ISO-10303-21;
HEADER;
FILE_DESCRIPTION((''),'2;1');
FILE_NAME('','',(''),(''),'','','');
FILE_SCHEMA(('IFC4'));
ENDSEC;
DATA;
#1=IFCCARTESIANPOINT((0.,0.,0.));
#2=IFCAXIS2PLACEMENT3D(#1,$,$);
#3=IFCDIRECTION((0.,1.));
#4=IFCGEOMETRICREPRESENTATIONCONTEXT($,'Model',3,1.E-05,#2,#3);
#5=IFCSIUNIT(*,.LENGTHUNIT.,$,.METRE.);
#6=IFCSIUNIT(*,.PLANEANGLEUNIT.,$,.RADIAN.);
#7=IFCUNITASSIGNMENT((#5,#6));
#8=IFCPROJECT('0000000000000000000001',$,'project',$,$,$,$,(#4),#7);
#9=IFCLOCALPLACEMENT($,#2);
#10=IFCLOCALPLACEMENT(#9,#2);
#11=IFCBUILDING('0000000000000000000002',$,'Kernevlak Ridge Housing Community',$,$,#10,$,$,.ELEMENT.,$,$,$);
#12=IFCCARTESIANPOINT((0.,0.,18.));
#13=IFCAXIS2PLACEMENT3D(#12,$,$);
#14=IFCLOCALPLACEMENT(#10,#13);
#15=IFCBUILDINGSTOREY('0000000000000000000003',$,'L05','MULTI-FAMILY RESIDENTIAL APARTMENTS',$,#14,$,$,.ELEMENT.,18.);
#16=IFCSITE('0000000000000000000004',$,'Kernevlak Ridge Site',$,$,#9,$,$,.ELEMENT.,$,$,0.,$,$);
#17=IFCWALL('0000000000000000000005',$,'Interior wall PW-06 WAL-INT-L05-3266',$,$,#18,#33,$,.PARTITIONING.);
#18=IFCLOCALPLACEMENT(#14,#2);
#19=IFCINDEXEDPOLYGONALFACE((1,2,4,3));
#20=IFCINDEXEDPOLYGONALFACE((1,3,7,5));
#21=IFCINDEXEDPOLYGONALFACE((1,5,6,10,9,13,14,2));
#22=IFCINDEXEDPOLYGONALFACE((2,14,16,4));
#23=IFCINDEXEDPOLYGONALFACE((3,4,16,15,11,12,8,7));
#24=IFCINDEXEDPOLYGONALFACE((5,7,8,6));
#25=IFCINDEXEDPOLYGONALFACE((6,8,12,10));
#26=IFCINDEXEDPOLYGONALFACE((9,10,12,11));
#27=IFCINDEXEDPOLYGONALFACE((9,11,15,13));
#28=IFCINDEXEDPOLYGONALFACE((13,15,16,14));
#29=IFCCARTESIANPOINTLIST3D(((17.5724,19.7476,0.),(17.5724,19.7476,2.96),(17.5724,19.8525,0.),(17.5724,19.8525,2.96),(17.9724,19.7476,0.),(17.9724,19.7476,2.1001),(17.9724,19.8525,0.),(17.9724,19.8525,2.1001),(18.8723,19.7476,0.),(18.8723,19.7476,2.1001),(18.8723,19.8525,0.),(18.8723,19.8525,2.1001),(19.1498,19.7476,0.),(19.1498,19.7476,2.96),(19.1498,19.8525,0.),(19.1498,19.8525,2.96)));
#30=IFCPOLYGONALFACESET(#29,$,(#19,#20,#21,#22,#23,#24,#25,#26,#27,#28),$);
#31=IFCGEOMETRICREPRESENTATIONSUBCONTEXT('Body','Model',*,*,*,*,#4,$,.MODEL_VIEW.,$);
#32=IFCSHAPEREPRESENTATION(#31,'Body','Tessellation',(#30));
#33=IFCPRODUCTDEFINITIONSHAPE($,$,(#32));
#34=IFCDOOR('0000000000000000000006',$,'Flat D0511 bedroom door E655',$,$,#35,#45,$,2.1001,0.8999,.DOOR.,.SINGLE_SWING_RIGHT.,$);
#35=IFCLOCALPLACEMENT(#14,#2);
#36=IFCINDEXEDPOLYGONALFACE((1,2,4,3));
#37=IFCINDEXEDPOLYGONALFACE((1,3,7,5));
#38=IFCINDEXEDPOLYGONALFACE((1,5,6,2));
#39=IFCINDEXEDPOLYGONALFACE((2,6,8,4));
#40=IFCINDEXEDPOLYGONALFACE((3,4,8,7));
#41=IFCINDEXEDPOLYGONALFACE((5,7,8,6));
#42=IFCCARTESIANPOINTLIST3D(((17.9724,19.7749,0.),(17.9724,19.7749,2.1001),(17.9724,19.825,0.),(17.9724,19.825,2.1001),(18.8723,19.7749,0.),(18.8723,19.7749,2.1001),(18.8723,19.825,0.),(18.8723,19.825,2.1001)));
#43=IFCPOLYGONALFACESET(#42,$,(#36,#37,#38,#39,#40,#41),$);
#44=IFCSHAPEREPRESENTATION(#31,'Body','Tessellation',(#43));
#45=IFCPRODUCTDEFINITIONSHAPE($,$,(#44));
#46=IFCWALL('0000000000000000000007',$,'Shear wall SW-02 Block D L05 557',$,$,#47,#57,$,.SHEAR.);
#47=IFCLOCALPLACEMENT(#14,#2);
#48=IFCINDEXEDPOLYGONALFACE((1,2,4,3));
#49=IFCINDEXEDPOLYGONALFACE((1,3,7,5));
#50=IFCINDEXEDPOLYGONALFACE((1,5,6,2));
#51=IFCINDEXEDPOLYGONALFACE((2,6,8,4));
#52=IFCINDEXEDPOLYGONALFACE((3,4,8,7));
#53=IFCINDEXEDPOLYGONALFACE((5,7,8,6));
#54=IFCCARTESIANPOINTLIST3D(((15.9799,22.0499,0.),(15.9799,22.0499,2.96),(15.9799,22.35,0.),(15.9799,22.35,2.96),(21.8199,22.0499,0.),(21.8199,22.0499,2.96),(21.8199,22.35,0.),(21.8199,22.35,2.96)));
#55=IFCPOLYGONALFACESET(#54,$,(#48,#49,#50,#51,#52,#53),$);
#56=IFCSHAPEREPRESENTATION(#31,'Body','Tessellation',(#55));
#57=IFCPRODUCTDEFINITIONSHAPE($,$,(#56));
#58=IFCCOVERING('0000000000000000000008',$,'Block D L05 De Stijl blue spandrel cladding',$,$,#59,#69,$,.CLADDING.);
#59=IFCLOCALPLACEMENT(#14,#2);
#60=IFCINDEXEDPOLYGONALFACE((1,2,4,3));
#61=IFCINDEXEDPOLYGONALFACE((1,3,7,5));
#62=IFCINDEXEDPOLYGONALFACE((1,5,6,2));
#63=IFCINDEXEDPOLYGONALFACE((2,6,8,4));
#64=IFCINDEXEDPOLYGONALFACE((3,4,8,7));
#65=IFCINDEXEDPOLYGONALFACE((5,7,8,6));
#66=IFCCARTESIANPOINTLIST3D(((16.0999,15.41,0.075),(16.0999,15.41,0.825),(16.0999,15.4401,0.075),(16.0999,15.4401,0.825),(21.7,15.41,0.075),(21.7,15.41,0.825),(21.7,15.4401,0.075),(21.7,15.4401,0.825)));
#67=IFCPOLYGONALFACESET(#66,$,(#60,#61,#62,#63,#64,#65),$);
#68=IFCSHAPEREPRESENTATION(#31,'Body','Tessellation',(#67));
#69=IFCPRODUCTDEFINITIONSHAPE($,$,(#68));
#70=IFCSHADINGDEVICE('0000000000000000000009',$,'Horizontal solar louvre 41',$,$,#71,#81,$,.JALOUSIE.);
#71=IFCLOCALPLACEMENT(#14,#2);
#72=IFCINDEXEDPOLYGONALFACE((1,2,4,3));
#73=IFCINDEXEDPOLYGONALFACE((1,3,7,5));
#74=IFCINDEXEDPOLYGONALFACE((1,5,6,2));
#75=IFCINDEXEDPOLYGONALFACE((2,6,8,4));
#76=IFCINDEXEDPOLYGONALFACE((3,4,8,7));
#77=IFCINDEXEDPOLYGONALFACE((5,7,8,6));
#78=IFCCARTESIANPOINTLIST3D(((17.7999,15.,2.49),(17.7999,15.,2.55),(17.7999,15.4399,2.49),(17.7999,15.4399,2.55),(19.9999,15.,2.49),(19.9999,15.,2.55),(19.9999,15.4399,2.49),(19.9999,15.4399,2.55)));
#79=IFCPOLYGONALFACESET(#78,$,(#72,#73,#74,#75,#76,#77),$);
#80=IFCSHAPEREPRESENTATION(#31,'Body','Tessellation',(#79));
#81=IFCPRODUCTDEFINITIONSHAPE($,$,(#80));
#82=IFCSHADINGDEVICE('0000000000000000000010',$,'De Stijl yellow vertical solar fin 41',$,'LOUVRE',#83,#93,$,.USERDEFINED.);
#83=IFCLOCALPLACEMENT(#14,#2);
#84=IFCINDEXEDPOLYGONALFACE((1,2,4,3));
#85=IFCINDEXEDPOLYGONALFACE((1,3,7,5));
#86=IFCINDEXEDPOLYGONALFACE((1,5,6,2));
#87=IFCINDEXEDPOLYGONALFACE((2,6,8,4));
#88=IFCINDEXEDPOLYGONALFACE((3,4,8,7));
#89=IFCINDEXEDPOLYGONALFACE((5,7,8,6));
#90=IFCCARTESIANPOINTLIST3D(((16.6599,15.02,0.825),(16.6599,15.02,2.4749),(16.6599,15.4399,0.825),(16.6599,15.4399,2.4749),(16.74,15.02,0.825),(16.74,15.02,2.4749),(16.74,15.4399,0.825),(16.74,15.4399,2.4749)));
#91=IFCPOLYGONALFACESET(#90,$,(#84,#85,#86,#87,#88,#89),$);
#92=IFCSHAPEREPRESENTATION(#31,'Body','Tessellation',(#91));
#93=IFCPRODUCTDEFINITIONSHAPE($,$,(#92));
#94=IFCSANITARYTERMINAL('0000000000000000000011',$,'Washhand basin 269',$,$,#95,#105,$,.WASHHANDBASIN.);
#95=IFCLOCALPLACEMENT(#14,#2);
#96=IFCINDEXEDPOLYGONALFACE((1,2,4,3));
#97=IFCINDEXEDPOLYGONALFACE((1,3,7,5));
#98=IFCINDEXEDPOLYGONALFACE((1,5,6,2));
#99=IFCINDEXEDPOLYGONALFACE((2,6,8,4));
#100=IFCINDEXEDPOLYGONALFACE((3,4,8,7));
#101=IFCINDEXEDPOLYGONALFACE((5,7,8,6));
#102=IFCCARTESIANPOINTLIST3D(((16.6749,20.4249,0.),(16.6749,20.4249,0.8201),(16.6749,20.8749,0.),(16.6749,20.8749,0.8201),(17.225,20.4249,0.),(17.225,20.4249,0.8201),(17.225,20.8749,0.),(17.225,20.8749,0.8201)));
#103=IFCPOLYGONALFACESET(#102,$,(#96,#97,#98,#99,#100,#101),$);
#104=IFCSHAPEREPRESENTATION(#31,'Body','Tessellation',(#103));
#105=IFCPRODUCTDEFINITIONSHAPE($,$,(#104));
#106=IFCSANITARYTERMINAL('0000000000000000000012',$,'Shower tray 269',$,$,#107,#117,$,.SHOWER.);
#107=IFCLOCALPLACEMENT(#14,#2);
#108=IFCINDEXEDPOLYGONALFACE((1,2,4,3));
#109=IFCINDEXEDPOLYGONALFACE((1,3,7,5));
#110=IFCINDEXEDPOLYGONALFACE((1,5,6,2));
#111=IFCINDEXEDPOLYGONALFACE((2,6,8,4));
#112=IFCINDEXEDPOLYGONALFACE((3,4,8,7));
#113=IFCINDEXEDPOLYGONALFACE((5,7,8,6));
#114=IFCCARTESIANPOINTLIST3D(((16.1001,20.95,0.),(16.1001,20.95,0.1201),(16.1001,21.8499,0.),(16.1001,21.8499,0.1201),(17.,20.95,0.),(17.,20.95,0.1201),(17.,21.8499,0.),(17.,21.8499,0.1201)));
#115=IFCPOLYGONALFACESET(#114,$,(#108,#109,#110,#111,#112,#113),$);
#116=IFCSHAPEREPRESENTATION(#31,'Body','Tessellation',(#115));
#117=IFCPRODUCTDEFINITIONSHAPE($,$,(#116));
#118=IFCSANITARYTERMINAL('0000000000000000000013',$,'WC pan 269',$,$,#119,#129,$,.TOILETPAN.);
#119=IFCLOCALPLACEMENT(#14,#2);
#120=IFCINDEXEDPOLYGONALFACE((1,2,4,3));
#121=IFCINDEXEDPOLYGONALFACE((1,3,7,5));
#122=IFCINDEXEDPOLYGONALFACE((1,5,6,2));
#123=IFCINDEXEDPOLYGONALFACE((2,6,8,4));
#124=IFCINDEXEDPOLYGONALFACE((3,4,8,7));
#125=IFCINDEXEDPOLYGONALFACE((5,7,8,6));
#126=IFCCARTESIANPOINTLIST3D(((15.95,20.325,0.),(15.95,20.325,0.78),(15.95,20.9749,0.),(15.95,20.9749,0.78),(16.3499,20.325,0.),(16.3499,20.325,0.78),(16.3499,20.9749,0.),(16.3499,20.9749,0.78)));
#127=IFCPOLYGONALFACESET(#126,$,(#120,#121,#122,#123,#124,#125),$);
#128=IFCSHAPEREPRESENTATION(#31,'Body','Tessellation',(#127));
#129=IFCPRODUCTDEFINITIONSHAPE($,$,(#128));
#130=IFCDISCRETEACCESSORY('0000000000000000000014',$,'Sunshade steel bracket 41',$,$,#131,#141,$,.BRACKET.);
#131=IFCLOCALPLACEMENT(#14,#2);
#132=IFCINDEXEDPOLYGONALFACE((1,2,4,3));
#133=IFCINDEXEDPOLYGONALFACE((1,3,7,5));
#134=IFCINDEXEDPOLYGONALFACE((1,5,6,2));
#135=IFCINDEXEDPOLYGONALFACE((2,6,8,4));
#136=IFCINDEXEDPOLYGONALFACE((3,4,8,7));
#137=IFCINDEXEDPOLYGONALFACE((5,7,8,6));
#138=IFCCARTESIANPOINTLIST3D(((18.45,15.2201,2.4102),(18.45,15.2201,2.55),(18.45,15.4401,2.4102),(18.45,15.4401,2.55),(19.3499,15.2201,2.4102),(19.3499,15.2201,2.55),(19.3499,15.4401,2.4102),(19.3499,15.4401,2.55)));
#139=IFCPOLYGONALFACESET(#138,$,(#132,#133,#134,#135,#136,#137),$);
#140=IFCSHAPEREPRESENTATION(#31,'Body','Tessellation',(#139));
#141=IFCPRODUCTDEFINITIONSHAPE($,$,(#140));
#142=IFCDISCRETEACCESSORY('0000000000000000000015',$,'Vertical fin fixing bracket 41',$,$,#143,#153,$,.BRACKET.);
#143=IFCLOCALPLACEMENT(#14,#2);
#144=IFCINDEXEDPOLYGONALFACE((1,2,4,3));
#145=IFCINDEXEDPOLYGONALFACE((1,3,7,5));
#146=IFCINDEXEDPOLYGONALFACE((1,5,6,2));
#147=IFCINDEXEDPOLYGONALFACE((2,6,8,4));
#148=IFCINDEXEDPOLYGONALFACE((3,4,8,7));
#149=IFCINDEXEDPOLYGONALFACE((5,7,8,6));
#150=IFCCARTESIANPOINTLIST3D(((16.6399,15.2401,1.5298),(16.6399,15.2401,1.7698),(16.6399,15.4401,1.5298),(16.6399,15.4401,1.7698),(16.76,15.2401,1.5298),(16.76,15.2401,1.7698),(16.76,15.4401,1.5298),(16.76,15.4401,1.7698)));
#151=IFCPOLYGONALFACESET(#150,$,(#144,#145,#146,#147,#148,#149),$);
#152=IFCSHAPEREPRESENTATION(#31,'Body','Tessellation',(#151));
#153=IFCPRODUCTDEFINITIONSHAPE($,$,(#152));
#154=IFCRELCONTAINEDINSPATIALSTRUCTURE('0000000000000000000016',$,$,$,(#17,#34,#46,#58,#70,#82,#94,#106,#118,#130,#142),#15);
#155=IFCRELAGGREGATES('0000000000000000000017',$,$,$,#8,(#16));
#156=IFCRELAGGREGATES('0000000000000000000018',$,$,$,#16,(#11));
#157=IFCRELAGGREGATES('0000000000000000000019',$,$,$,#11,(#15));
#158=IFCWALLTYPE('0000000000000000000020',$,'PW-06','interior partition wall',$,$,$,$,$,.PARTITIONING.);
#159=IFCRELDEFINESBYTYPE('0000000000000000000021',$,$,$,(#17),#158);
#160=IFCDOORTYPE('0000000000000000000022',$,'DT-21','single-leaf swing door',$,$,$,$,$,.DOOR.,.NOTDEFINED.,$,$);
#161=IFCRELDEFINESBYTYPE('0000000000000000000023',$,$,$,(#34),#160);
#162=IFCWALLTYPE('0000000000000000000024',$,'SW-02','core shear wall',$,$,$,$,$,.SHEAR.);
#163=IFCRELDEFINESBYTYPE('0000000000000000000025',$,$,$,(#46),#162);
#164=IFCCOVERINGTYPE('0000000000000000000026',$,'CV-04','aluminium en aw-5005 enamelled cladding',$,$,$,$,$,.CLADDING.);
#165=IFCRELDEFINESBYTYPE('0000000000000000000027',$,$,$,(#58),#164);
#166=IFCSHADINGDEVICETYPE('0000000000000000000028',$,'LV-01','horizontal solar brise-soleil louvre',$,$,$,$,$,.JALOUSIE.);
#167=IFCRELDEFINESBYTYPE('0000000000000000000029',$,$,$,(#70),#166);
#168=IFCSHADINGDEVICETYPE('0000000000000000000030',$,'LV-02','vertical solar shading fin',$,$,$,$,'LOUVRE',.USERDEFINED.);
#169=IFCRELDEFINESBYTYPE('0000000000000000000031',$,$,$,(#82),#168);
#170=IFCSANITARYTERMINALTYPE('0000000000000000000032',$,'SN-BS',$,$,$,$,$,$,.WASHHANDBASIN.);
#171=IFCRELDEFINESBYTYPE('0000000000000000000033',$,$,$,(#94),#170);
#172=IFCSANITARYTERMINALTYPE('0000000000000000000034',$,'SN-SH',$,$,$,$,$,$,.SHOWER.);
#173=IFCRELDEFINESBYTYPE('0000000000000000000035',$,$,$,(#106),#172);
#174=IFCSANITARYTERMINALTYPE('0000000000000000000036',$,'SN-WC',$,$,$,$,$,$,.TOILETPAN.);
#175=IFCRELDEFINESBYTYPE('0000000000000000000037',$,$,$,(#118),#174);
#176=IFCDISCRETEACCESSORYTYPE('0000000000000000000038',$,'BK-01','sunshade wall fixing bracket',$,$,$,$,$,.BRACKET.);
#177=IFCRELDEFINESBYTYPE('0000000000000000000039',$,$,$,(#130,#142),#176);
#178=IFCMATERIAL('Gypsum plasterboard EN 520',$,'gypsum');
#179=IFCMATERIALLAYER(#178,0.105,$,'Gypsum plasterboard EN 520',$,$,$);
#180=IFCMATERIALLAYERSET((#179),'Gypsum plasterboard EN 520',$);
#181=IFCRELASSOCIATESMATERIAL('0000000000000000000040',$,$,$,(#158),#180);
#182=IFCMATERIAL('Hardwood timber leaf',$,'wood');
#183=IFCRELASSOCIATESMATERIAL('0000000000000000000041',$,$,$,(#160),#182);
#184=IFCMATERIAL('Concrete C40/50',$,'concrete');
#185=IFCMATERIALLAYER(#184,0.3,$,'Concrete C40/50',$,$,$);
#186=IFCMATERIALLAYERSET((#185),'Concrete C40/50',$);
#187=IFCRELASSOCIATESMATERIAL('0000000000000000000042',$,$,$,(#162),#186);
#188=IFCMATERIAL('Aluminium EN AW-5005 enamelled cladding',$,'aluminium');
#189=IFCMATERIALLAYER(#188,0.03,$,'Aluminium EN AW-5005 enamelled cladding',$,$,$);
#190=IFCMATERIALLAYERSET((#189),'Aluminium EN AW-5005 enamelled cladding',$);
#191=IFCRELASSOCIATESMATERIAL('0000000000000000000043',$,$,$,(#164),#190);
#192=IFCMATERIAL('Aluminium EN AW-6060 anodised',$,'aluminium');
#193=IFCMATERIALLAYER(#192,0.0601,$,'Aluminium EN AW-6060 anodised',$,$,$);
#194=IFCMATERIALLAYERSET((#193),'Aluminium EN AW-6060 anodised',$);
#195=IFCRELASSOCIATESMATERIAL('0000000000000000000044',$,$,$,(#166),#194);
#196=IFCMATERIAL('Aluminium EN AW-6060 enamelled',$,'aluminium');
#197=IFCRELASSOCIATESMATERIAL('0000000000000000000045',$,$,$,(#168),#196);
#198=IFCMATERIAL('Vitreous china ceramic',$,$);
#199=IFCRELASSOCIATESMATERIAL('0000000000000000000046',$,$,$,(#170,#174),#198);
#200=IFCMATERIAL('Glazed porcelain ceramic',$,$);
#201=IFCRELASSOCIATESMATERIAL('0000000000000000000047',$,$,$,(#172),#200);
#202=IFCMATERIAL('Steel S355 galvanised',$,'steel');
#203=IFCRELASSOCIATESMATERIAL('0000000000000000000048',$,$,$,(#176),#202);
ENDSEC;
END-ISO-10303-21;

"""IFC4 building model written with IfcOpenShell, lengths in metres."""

from ifc_helpers import new_model, si_unit, direction, frame, frame_2d, origin, origin_2d, place, context, subcontext, project, spatial, rectangle, extrude, material, layer, layer_set, type_object, element, fill, save


model = new_model("IFC4")

# Units and contexts
model_context = context("Model", 3, precision=1e-05, world=origin(), true_north=direction((0.0, 1.0)))
body_context = subcontext(model_context, "Body", "Model", "MODEL_VIEW")
ifc_project = project(units=[si_unit("LENGTHUNIT", "METRE"), si_unit("PLANEANGLEUNIT", "RADIAN")], contexts=[model_context])

# Site, building, storey
site_placement = place(None, origin())
site = spatial("IfcSite", under=ifc_project, at=site_placement, Name="Kernevlak Ridge Site", CompositionType="ELEMENT", RefElevation=0.0)
building_placement = place(site_placement, origin())
building = spatial("IfcBuilding", under=site, at=building_placement, Name="Kernevlak Ridge Housing Community", CompositionType="ELEMENT")
storey_placement = place(building_placement, frame((0.0, 0.0, 18.0)))
storey = spatial("IfcBuildingStorey", under=building, at=storey_placement, Name="L05", Description="MULTI-FAMILY RESIDENTIAL APARTMENTS", CompositionType="ELEMENT", Elevation=18.0)

# Shared definitions
ifc_material_1 = material(Name="Hardwood timber leaf", Category="wood")

# Shared definitions
ifc_material_2 = material(Name="Gypsum plasterboard EN 520", Category="gypsum")

# Wall, opening, door
ifc_layer_1 = layer(ifc_material_2, 0.105, Name="Gypsum plasterboard EN 520")
ifc_layer_set_1 = layer_set([ifc_layer_1], Name="Gypsum plasterboard EN 520")
wall_type_1 = type_object("IfcWallType", Name="PW-06", Description="interior partition wall", PredefinedType="PARTITIONING", material=ifc_layer_set_1)
wall_1_placement = place(storey_placement, frame((17.5725, 19.8, 0.0), z_axis=(0.0, 0.0, 1.0), x_axis=(1.0, 0.0, 0.0)))
wall_1 = element("IfcWall", 1, at=wall_1_placement, inside=storey, type_object=wall_type_1, Name="Interior wall PW-06 WAL-INT-L05-3266", PredefinedType="PARTITIONING", context=body_context, shape_type="SweptSolid", body=[
    extrude(rectangle(XDim=1.5774, YDim=0.105, at=frame_2d((0.7886, 0.0))), origin(), (0.0, 0.0, 1.0), 2.96),
])
opening_1_placement = place(wall_1_placement, frame((0.3999, 0.0, 0.0)))
opening_1 = element("IfcOpeningElement", 2, at=opening_1_placement, cuts=wall_1, PredefinedType="OPENING", context=body_context, shape_type="SweptSolid", body=[
    extrude(rectangle(XDim=0.8999, YDim=2.1001, at=frame_2d((0.45, 1.05))), frame((0.0, 0.0625, 0.0), z_axis=(0.0, -1.0, 0.0), x_axis=(1.0, 0.0, 0.0)), (0.0, 0.0, 1.0), 0.125),
])
door_type_1 = type_object("IfcDoorType", Name="DT-21", Description="single-leaf swing door", OperationType="NOTDEFINED", PredefinedType="DOOR", material=ifc_material_1)
door_1_placement = place(opening_1_placement, origin())
door_1 = element("IfcDoor", 3, at=door_1_placement, inside=storey, type_object=door_type_1, Name="Flat D0511 bedroom door E655", OperationType="SINGLE_SWING_RIGHT", OverallHeight=2.1001, OverallWidth=0.8999, PredefinedType="DOOR", context=body_context, shape_type="SweptSolid", body=[
    extrude(rectangle(XDim=0.8999, YDim=2.1001, at=frame_2d((0.45, 1.05))), frame((0.0, 0.0249, 0.0), z_axis=(0.0, -1.0, 0.0), x_axis=(1.0, 0.0, 0.0)), (0.0, 0.0, 1.0), 0.05),
])
fill(opening_1, door_1)

# Wall
ifc_material_3 = material(Name="Concrete C40/50", Category="concrete")
ifc_layer_2 = layer(ifc_material_3, 0.3, Name="Concrete C40/50")
ifc_layer_set_2 = layer_set([ifc_layer_2], Name="Concrete C40/50")
wall_type_2 = type_object("IfcWallType", Name="SW-02", Description="core shear wall", PredefinedType="SHEAR", material=ifc_layer_set_2)
wall_2_placement = place(storey_placement, frame((15.98, 22.2, 0.0), z_axis=(0.0, 0.0, 1.0), x_axis=(1.0, 0.0, 0.0)))
element("IfcWall", 4, at=wall_2_placement, inside=storey, type_object=wall_type_2, Name="Shear wall SW-02 Block D L05 557", PredefinedType="SHEAR", context=body_context, shape_type="SweptSolid", body=[
    extrude(rectangle(XDim=5.8401, YDim=0.3, at=frame_2d((2.9199, 0.0))), origin(), (0.0, 0.0, 1.0), 2.96),
])

# Covering
ifc_material_4 = material(Name="Aluminium EN AW-5005 enamelled cladding", Category="aluminium")
ifc_layer_3 = layer(ifc_material_4, 0.03, Name="Aluminium EN AW-5005 enamelled cladding")
ifc_layer_set_3 = layer_set([ifc_layer_3], Name="Aluminium EN AW-5005 enamelled cladding")
covering_type = type_object("IfcCoveringType", Name="CV-04", Description="aluminium en aw-5005 enamelled cladding", PredefinedType="CLADDING", material=ifc_layer_set_3)
covering_placement = place(storey_placement, frame((18.8999, 15.425, 0.075), z_axis=(0.0, 0.0, 1.0), x_axis=(1.0, 0.0, 0.0)))
element("IfcCovering", 5, at=covering_placement, inside=storey, type_object=covering_type, Name="Block D L05 De Stijl blue spandrel cladding", PredefinedType="CLADDING", context=body_context, shape_type="SweptSolid", body=[
    extrude(rectangle(XDim=5.6001, YDim=0.03, at=origin_2d()), origin(), (0.0, 0.0, 1.0), 0.75),
])

# Shading devices
ifc_material_5 = material(Name="Aluminium EN AW-6060 anodised", Category="aluminium")
ifc_layer_4 = layer(ifc_material_5, 0.0601, Name="Aluminium EN AW-6060 anodised")
ifc_layer_set_4 = layer_set([ifc_layer_4], Name="Aluminium EN AW-6060 anodised")
shading_device_type_1 = type_object("IfcShadingDeviceType", Name="LV-01", Description="horizontal solar brise-soleil louvre", PredefinedType="JALOUSIE", material=ifc_layer_set_4)
shading_device_1_placement = place(storey_placement, frame((18.8999, 15.22, 2.49), z_axis=(0.0, 0.0, 1.0), x_axis=(1.0, 0.0, 0.0)))
element("IfcShadingDevice", 6, at=shading_device_1_placement, inside=storey, type_object=shading_device_type_1, Name="Horizontal solar louvre 41", PredefinedType="JALOUSIE", context=body_context, shape_type="SweptSolid", body=[
    extrude(rectangle(XDim=2.2, YDim=0.4399, at=origin_2d()), origin(), (0.0, 0.0, 1.0), 0.0601),
])
ifc_material_6 = material(Name="Aluminium EN AW-6060 enamelled", Category="aluminium")
shading_device_type_2 = type_object("IfcShadingDeviceType", Name="LV-02", Description="vertical solar shading fin", ElementType="LOUVRE", PredefinedType="USERDEFINED", material=ifc_material_6)
shading_device_2_placement = place(storey_placement, frame((16.7, 15.23, 0.825), z_axis=(0.0, 0.0, 1.0), x_axis=(1.0, 0.0, 0.0)))
element("IfcShadingDevice", 7, at=shading_device_2_placement, inside=storey, type_object=shading_device_type_2, Name="De Stijl yellow vertical solar fin 41", ObjectType="LOUVRE", PredefinedType="USERDEFINED", context=body_context, shape_type="SweptSolid", body=[
    extrude(rectangle(XDim=0.0801, YDim=0.4199, at=origin_2d()), origin(), (0.0, 0.0, 1.0), 1.6499),
])

# Sanitary terminals
ifc_material_7 = material(Name="Vitreous china ceramic")
sanitary_terminal_type_1 = type_object("IfcSanitaryTerminalType", Name="SN-BS", PredefinedType="WASHHANDBASIN", material=ifc_material_7)
sanitary_terminal_1_placement = place(storey_placement, frame((16.95, 20.6499, 0.0), z_axis=(0.0, 0.0, 1.0), x_axis=(1.0, 0.0, 0.0)))
element("IfcSanitaryTerminal", 8, at=sanitary_terminal_1_placement, inside=storey, type_object=sanitary_terminal_type_1, Name="Washhand basin 269", PredefinedType="WASHHANDBASIN", context=body_context, shape_type="SweptSolid", body=[
    extrude(rectangle(XDim=0.55, YDim=0.45, at=origin_2d()), origin(), (0.0, 0.0, 1.0), 0.8201),
])
ifc_material_8 = material(Name="Glazed porcelain ceramic")
sanitary_terminal_type_2 = type_object("IfcSanitaryTerminalType", Name="SN-SH", PredefinedType="SHOWER", material=ifc_material_8)
sanitary_terminal_2_placement = place(storey_placement, frame((16.55, 21.3999, 0.0), z_axis=(0.0, 0.0, 1.0), x_axis=(1.0, 0.0, 0.0)))
element("IfcSanitaryTerminal", 9, at=sanitary_terminal_2_placement, inside=storey, type_object=sanitary_terminal_type_2, Name="Shower tray 269", PredefinedType="SHOWER", context=body_context, shape_type="SweptSolid", body=[
    extrude(rectangle(XDim=0.8999, YDim=0.8999, at=origin_2d()), origin(), (0.0, 0.0, 1.0), 0.1201),
])
sanitary_terminal_type_3 = type_object("IfcSanitaryTerminalType", Name="SN-WC", PredefinedType="TOILETPAN", material=ifc_material_7)
sanitary_terminal_3_placement = place(storey_placement, frame((16.1499, 20.6499, 0.0), z_axis=(0.0, 0.0, 1.0), x_axis=(1.0, 0.0, 0.0)))
element("IfcSanitaryTerminal", 10, at=sanitary_terminal_3_placement, inside=storey, type_object=sanitary_terminal_type_3, Name="WC pan 269", PredefinedType="TOILETPAN", context=body_context, shape_type="SweptSolid", body=[
    extrude(rectangle(XDim=0.3999, YDim=0.6499, at=origin_2d()), origin(), (0.0, 0.0, 1.0), 0.78),
])

# Discrete accessories
ifc_material_9 = material(Name="Steel S355 galvanised", Category="steel")
discrete_accessory_type = type_object("IfcDiscreteAccessoryType", Name="BK-01", Description="sunshade wall fixing bracket", PredefinedType="BRACKET", material=ifc_material_9)
discrete_accessory_1_placement = place(storey_placement, frame((18.8999, 15.3301, 2.4102), z_axis=(0.0, 0.0, 1.0), x_axis=(1.0, 0.0, 0.0)))
element("IfcDiscreteAccessory", 11, at=discrete_accessory_1_placement, inside=storey, type_object=discrete_accessory_type, Name="Sunshade steel bracket 41", PredefinedType="BRACKET", context=body_context, shape_type="SweptSolid", body=[
    extrude(rectangle(XDim=0.8999, YDim=0.22, at=origin_2d()), origin(), (0.0, 0.0, 1.0), 0.1399),
])
discrete_accessory_2_placement = place(storey_placement, frame((16.7, 15.3401, 1.5298), z_axis=(0.0, 0.0, 1.0), x_axis=(1.0, 0.0, 0.0)))
element("IfcDiscreteAccessory", 12, at=discrete_accessory_2_placement, inside=storey, type_object=discrete_accessory_type, Name="Vertical fin fixing bracket 41", PredefinedType="BRACKET", context=body_context, shape_type="SweptSolid", body=[
    extrude(rectangle(XDim=0.1201, YDim=0.2, at=origin_2d()), origin(), (0.0, 0.0, 1.0), 0.24),
])

save(model, "model.ifc")
